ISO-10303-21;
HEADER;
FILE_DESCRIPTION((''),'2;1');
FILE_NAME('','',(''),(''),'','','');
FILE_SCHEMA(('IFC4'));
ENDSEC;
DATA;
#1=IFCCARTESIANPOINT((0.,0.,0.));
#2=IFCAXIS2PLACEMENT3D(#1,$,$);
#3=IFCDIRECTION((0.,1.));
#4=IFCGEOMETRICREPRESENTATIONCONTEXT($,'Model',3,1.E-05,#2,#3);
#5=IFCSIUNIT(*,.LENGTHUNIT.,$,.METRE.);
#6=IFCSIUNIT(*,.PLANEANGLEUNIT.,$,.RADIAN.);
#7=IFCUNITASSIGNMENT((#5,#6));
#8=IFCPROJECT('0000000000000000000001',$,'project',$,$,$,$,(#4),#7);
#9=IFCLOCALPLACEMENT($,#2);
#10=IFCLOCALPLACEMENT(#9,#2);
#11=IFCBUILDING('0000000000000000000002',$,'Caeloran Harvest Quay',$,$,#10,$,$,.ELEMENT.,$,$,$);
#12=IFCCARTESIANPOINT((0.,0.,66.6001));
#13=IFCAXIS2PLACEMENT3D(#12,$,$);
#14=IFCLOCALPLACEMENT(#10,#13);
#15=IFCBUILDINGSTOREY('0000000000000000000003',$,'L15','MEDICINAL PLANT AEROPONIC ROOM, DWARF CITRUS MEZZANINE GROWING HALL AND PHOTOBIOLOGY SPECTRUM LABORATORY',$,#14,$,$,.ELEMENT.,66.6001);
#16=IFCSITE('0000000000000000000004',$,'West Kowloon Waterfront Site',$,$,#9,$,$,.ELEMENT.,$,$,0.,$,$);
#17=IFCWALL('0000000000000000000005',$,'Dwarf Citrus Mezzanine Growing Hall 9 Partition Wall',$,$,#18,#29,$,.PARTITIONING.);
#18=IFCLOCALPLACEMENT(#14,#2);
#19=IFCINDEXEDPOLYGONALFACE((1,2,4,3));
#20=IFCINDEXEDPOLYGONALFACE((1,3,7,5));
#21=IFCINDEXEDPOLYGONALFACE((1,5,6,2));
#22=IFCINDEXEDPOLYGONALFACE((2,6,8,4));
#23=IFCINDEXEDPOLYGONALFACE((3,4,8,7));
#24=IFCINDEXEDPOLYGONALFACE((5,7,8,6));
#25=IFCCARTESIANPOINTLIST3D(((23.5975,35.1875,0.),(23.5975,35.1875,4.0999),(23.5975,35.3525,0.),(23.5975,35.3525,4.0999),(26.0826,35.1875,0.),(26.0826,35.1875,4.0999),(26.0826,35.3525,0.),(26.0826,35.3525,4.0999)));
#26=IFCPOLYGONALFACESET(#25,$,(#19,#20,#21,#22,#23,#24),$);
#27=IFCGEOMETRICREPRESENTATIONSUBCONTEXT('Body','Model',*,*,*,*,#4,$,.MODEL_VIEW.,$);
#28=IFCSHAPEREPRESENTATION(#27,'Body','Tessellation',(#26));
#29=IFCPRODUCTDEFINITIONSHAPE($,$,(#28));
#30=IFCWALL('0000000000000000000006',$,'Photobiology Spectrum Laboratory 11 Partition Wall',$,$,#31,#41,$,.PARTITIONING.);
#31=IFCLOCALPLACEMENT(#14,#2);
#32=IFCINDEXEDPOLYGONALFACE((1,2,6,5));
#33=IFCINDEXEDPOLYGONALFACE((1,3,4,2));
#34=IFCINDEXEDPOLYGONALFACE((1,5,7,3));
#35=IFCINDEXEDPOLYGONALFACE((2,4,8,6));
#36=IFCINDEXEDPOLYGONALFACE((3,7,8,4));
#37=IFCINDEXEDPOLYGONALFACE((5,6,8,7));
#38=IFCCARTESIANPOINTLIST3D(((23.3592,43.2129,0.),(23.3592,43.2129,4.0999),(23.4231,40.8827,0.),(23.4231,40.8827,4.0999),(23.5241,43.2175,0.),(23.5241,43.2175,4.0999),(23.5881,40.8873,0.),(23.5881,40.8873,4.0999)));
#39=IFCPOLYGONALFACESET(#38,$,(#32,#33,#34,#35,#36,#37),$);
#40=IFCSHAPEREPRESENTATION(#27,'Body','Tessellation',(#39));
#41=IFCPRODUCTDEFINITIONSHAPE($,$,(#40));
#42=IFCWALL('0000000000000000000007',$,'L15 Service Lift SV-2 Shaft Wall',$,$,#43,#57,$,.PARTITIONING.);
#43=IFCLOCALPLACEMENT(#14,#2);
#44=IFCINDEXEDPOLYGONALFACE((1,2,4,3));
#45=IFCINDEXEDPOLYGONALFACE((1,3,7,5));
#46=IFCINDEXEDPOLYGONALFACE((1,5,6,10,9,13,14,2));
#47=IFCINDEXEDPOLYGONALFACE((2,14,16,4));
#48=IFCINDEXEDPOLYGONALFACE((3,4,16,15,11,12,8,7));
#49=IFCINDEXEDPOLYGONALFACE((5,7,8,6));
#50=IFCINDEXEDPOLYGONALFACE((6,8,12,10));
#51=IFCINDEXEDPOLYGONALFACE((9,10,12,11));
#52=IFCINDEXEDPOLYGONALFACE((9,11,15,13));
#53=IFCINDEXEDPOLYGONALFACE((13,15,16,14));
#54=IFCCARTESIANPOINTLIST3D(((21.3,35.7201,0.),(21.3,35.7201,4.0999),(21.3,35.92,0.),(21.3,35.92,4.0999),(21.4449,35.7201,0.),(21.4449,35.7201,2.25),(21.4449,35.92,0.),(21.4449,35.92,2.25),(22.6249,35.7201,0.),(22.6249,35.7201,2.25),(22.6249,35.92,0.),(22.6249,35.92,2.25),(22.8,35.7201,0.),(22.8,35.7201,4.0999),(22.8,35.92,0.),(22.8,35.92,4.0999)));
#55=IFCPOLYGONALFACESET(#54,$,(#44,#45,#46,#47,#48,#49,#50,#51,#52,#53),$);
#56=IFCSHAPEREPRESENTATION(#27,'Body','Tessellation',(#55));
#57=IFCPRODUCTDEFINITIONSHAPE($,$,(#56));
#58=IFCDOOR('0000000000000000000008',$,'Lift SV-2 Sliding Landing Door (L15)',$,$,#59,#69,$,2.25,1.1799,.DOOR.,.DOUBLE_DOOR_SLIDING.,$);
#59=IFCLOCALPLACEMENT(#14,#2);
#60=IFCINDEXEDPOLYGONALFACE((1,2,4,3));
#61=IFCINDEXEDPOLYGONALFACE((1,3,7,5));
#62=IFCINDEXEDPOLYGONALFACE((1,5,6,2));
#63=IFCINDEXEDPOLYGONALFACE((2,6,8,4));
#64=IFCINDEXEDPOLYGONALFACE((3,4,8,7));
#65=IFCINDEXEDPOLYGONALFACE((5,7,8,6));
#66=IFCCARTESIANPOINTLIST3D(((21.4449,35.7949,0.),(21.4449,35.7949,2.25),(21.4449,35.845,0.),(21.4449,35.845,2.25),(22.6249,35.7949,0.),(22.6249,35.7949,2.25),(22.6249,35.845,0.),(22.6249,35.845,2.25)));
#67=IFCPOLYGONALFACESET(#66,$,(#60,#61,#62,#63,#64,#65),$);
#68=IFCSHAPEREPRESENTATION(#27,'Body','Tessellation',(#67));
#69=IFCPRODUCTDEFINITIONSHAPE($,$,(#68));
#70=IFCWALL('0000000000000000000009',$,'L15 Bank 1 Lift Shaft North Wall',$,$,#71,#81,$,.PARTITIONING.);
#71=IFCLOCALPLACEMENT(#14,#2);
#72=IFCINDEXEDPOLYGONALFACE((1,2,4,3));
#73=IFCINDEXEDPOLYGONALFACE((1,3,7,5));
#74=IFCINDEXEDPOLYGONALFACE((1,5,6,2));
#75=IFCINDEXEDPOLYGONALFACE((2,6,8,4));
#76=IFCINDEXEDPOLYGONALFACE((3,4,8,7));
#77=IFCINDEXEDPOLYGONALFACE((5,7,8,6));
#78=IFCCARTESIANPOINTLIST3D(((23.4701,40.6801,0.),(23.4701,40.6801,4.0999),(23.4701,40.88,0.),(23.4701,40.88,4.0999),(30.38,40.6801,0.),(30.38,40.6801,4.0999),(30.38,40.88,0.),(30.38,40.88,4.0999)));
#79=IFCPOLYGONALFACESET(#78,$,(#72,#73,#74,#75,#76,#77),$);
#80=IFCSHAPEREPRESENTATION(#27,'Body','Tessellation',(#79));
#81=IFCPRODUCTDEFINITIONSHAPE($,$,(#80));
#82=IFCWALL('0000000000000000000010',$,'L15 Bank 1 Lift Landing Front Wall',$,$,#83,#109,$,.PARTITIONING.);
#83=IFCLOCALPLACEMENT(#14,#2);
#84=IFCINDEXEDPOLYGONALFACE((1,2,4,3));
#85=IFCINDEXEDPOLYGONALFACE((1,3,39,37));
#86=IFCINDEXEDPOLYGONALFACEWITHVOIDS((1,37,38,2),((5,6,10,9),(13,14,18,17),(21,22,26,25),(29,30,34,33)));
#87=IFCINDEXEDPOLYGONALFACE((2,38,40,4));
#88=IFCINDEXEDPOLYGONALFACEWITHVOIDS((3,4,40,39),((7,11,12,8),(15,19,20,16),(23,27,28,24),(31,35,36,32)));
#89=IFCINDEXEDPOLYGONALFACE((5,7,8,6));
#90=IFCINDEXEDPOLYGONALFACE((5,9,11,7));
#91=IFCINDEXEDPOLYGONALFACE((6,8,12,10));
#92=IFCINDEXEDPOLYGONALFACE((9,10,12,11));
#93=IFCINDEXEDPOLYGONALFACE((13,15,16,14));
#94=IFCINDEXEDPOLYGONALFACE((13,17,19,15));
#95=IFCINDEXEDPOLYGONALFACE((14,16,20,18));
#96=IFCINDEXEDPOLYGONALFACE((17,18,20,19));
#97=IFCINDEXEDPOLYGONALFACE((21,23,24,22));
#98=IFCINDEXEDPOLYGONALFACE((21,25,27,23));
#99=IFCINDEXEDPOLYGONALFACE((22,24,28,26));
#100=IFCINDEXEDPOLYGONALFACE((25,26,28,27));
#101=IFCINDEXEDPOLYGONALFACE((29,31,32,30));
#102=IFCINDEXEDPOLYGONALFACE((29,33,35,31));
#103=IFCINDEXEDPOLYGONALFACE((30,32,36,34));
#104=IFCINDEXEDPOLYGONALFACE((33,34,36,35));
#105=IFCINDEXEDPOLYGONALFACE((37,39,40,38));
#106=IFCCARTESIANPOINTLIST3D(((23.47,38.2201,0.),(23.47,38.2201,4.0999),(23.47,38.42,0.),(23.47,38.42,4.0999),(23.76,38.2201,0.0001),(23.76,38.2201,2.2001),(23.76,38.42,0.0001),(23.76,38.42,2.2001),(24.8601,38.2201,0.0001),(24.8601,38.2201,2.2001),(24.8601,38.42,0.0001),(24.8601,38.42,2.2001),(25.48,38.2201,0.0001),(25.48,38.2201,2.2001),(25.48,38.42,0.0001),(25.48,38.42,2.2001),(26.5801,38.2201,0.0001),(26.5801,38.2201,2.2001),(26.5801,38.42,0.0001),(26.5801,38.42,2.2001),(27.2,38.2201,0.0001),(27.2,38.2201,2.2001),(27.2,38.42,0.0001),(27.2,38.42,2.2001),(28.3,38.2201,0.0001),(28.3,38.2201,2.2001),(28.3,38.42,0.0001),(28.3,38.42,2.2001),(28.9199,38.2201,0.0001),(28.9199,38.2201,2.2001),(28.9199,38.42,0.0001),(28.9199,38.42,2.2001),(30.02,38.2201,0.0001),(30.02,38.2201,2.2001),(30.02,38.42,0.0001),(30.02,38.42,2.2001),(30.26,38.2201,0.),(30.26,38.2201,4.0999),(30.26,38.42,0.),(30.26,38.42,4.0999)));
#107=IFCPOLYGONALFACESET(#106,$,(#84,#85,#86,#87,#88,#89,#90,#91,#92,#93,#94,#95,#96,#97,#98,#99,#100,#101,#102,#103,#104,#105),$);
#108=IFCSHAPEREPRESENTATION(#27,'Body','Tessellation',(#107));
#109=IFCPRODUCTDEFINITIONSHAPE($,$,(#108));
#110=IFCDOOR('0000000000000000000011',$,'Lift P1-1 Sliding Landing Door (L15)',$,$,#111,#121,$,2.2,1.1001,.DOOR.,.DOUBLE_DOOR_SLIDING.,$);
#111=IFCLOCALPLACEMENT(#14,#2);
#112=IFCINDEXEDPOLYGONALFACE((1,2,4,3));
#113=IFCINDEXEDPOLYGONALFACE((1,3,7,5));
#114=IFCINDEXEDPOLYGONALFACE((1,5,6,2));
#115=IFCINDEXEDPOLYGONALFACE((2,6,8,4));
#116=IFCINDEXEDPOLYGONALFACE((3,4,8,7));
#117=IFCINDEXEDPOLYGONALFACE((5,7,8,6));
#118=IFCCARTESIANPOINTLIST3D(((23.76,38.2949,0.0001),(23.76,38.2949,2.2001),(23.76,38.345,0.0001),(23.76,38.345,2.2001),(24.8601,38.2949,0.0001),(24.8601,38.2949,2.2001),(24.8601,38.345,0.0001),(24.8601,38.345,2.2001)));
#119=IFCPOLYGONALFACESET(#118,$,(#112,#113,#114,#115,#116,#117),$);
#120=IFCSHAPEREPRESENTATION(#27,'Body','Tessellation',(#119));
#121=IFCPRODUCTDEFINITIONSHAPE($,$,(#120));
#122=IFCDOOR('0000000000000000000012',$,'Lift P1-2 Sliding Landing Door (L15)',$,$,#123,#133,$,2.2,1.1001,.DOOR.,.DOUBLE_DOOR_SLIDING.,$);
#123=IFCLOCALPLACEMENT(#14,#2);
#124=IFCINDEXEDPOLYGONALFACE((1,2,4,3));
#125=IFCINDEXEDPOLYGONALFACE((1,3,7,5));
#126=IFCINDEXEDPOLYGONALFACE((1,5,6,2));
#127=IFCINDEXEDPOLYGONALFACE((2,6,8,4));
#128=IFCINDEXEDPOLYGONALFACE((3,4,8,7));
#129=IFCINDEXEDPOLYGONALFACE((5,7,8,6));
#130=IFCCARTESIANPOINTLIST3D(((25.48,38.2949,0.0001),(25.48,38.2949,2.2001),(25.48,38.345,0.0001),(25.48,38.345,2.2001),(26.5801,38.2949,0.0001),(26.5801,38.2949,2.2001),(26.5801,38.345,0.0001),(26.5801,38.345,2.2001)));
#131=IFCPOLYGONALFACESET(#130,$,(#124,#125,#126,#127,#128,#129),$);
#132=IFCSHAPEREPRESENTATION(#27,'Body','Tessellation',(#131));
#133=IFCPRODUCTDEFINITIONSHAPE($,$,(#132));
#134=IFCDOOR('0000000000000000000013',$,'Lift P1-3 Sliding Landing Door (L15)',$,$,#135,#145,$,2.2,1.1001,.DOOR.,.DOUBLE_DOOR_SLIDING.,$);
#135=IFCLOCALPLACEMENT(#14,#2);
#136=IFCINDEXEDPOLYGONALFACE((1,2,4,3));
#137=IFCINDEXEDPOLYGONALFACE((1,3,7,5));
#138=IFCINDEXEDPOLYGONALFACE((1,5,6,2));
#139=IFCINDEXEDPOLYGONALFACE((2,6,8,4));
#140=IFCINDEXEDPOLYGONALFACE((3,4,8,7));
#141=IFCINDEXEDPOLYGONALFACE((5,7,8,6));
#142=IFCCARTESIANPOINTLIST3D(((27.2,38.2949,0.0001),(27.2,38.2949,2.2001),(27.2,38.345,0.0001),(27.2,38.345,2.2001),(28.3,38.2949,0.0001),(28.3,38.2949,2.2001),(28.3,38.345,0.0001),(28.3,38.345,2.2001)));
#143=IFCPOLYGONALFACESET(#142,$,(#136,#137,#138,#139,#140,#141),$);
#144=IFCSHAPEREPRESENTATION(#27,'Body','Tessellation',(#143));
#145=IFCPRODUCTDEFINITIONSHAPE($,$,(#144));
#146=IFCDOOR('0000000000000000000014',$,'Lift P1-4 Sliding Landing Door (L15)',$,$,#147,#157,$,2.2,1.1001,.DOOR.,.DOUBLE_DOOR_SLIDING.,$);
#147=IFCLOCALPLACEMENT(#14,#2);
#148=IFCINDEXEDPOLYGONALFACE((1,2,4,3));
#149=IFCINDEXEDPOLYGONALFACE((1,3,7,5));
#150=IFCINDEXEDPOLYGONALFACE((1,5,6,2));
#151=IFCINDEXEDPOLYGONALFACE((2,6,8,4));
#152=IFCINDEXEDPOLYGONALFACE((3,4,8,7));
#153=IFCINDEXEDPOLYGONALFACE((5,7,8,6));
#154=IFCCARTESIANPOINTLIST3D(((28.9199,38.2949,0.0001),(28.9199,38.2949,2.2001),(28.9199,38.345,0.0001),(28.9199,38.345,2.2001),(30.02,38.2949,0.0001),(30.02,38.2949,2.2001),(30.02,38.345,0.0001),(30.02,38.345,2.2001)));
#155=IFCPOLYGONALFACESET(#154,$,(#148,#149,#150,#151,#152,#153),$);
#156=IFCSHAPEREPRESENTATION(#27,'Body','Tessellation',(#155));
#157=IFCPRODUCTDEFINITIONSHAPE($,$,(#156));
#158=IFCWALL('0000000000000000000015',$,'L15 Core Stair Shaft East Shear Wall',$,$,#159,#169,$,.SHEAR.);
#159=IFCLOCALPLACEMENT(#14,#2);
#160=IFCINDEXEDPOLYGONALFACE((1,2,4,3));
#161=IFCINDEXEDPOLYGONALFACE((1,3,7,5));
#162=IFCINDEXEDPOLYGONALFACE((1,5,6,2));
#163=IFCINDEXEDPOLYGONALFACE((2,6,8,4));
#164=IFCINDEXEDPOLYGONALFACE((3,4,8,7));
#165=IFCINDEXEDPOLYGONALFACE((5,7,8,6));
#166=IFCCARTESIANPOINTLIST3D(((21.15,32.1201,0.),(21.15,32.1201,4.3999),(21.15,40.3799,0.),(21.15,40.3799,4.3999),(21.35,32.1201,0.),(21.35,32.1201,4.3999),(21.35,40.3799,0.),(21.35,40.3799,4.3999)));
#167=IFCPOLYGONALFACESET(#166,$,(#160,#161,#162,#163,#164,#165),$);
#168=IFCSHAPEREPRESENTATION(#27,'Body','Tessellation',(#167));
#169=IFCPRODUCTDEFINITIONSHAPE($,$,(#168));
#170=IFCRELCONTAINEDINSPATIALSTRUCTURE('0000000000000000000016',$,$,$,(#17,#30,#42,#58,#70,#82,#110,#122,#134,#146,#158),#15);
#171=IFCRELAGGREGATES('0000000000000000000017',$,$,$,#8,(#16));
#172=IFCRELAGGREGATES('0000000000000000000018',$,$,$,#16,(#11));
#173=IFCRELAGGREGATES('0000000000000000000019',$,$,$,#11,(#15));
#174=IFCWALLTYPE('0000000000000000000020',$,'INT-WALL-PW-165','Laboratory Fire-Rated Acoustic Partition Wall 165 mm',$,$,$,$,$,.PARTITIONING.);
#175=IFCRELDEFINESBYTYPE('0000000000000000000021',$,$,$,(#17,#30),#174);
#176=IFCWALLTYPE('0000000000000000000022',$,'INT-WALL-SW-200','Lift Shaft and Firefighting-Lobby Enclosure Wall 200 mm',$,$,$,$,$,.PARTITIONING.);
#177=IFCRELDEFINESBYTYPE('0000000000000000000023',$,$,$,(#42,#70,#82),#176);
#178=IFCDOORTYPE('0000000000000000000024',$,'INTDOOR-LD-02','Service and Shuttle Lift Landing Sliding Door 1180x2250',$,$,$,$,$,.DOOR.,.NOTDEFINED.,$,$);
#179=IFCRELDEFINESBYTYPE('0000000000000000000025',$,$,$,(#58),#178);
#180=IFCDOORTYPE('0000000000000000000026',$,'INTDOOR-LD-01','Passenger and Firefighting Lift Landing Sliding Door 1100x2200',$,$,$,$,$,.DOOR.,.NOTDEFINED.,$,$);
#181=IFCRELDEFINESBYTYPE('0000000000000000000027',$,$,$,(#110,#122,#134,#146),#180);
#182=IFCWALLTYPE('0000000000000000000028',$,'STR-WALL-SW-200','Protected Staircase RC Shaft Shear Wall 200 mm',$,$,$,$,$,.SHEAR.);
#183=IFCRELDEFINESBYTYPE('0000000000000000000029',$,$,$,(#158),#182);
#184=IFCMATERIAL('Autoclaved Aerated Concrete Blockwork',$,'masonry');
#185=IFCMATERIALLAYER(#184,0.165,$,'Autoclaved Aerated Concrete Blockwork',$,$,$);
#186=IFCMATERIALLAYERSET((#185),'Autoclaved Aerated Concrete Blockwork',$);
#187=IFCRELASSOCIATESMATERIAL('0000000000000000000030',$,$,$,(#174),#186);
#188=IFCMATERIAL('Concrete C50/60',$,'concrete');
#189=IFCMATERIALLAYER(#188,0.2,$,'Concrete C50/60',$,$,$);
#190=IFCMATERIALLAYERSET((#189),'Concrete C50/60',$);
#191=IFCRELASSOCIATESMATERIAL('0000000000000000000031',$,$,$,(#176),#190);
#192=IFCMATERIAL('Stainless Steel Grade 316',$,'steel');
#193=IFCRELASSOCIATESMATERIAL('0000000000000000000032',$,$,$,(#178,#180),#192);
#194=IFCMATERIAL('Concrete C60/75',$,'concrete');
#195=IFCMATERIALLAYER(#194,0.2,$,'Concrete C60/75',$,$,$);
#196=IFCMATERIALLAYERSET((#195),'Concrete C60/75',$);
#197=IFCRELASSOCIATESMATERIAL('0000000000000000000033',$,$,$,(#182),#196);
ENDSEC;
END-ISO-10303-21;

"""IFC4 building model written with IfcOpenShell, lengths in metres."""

from ifc_helpers import new_model, si_unit, direction, frame, frame_2d, origin, place, context, subcontext, project, spatial, rectangle, extrude, material, layer, layer_set, type_object, element, fill, save


model = new_model("IFC4")

# Units and contexts
model_context = context("Model", 3, precision=1e-05, world=origin(), true_north=direction((0.0, 1.0)))
body_context = subcontext(model_context, "Body", "Model", "MODEL_VIEW")
ifc_project = project(units=[si_unit("LENGTHUNIT", "METRE"), si_unit("PLANEANGLEUNIT", "RADIAN")], contexts=[model_context])

# Site, building, storey
site_placement = place(None, origin())
site = spatial("IfcSite", under=ifc_project, at=site_placement, Name="West Kowloon Waterfront Site", CompositionType="ELEMENT", RefElevation=0.0)
building_placement = place(site_placement, origin())
building = spatial("IfcBuilding", under=site, at=building_placement, Name="Caeloran Harvest Quay", CompositionType="ELEMENT")
storey_placement = place(building_placement, frame((0.0, 0.0, 66.6001)))
storey = spatial("IfcBuildingStorey", under=building, at=storey_placement, Name="L15", Description="MEDICINAL PLANT AEROPONIC ROOM, DWARF CITRUS MEZZANINE GROWING HALL AND PHOTOBIOLOGY SPECTRUM LABORATORY", CompositionType="ELEMENT", Elevation=66.6001)

# Walls
ifc_material_1 = material(Name="Autoclaved Aerated Concrete Blockwork", Category="masonry")
ifc_layer_1 = layer(ifc_material_1, 0.165, Name="Autoclaved Aerated Concrete Blockwork")
ifc_layer_set_1 = layer_set([ifc_layer_1], Name="Autoclaved Aerated Concrete Blockwork")
wall_type_1 = type_object("IfcWallType", Name="INT-WALL-PW-165", Description="Laboratory Fire-Rated Acoustic Partition Wall 165 mm", PredefinedType="PARTITIONING", material=ifc_layer_set_1)
wall_1_placement = place(storey_placement, frame((23.5974, 35.27, 0.0), z_axis=(0.0, 0.0, 1.0), x_axis=(1.0, 0.0, 0.0)))
element("IfcWall", 1, at=wall_1_placement, inside=storey, type_object=wall_type_1, Name="Dwarf Citrus Mezzanine Growing Hall 9 Partition Wall", PredefinedType="PARTITIONING", context=body_context, shape_type="SweptSolid", body=[
    extrude(rectangle(XDim=2.4851, YDim=0.165, at=frame_2d((1.2427, 0.0))), origin(), (0.0, 0.0, 1.0), 4.0999),
])
wall_2_placement = place(storey_placement, frame((23.5056, 40.885, 0.0), z_axis=(0.0, 0.0, 1.0), x_axis=(-0.027441, 0.999623, 0.0)))
element("IfcWall", 2, at=wall_2_placement, inside=storey, type_object=wall_type_1, Name="Photobiology Spectrum Laboratory 11 Partition Wall", PredefinedType="PARTITIONING", context=body_context, shape_type="SweptSolid", body=[
    extrude(rectangle(XDim=2.3311, YDim=0.165, at=frame_2d((1.1655, 0.0))), origin(), (0.0, 0.0, 1.0), 4.0999),
])

# Wall, opening, door
ifc_material_2 = material(Name="Concrete C50/60", Category="concrete")
ifc_layer_2 = layer(ifc_material_2, 0.2, Name="Concrete C50/60")
ifc_layer_set_2 = layer_set([ifc_layer_2], Name="Concrete C50/60")
wall_type_2 = type_object("IfcWallType", Name="INT-WALL-SW-200", Description="Lift Shaft and Firefighting-Lobby Enclosure Wall 200 mm", PredefinedType="PARTITIONING", material=ifc_layer_set_2)
wall_3_placement = place(storey_placement, frame((21.3, 35.8201, 0.0), z_axis=(0.0, 0.0, 1.0), x_axis=(1.0, 0.0, 0.0)))
wall_3 = element("IfcWall", 3, at=wall_3_placement, inside=storey, type_object=wall_type_2, Name="L15 Service Lift SV-2 Shaft Wall", PredefinedType="PARTITIONING", context=body_context, shape_type="SweptSolid", body=[
    extrude(rectangle(XDim=1.5, YDim=0.2, at=frame_2d((0.75, 0.0))), origin(), (0.0, 0.0, 1.0), 4.0999),
])
opening_1_placement = place(wall_3_placement, frame((0.145, 0.0, 0.0)))
opening_1 = element("IfcOpeningElement", 4, at=opening_1_placement, cuts=wall_3, PredefinedType="OPENING", context=body_context, shape_type="SweptSolid", body=[
    extrude(rectangle(XDim=1.1799, YDim=2.25, at=frame_2d((0.5898, 1.125))), frame((0.0, 0.1099, 0.0), z_axis=(0.0, -1.0, 0.0), x_axis=(1.0, 0.0, 0.0)), (0.0, 0.0, 1.0), 0.22),
])
ifc_material_3 = material(Name="Stainless Steel Grade 316", Category="steel")
door_type_1 = type_object("IfcDoorType", Name="INTDOOR-LD-02", Description="Service and Shuttle Lift Landing Sliding Door 1180x2250", OperationType="NOTDEFINED", PredefinedType="DOOR", material=ifc_material_3)
door_1_placement = place(opening_1_placement, origin())
door_1 = element("IfcDoor", 5, at=door_1_placement, inside=storey, type_object=door_type_1, Name="Lift SV-2 Sliding Landing Door (L15)", OperationType="DOUBLE_DOOR_SLIDING", OverallHeight=2.25, OverallWidth=1.1799, PredefinedType="DOOR", context=body_context, shape_type="SweptSolid", body=[
    extrude(rectangle(XDim=1.1799, YDim=2.25, at=frame_2d((0.5898, 1.125))), frame((0.0, 0.0249, 0.0), z_axis=(0.0, -1.0, 0.0), x_axis=(1.0, 0.0, 0.0)), (0.0, 0.0, 1.0), 0.05),
])
fill(opening_1, door_1)

# Wall
wall_4_placement = place(storey_placement, frame((23.47, 40.78, 0.0), z_axis=(0.0, 0.0, 1.0), x_axis=(1.0, 0.0, 0.0)))
element("IfcWall", 6, at=wall_4_placement, inside=storey, type_object=wall_type_2, Name="L15 Bank 1 Lift Shaft North Wall", PredefinedType="PARTITIONING", context=body_context, shape_type="SweptSolid", body=[
    extrude(rectangle(XDim=6.9099, YDim=0.2, at=frame_2d((3.4551, 0.0))), origin(), (0.0, 0.0, 1.0), 4.0999),
])

# Wall, openings, doors
wall_5_placement = place(storey_placement, frame((23.47, 38.3201, 0.0), z_axis=(0.0, 0.0, 1.0), x_axis=(1.0, 0.0, 0.0)))
wall_5 = element("IfcWall", 7, at=wall_5_placement, inside=storey, type_object=wall_type_2, Name="L15 Bank 1 Lift Landing Front Wall", PredefinedType="PARTITIONING", context=body_context, shape_type="SweptSolid", body=[
    extrude(rectangle(XDim=6.79, YDim=0.2, at=frame_2d((3.395, 0.0))), origin(), (0.0, 0.0, 1.0), 4.0999),
])
opening_2_placement = place(wall_5_placement, frame((0.29, 0.0, 0.0)))
opening_2 = element("IfcOpeningElement", 8, at=opening_2_placement, cuts=wall_5, PredefinedType="OPENING", context=body_context, shape_type="SweptSolid", body=[
    extrude(rectangle(XDim=1.1001, YDim=2.2, at=frame_2d((0.55, 1.1001))), frame((0.0, 0.1099, 0.0), z_axis=(0.0, -1.0, 0.0), x_axis=(1.0, 0.0, 0.0)), (0.0, 0.0, 1.0), 0.22),
])
opening_3_placement = place(wall_5_placement, frame((2.01, 0.0, 0.0)))
opening_3 = element("IfcOpeningElement", 9, at=opening_3_placement, cuts=wall_5, PredefinedType="OPENING", context=body_context, shape_type="SweptSolid", body=[
    extrude(rectangle(XDim=1.1001, YDim=2.2, at=frame_2d((0.55, 1.1001))), frame((0.0, 0.1099, 0.0), z_axis=(0.0, -1.0, 0.0), x_axis=(1.0, 0.0, 0.0)), (0.0, 0.0, 1.0), 0.22),
])
opening_4_placement = place(wall_5_placement, frame((3.73, 0.0, 0.0)))
opening_4 = element("IfcOpeningElement", 10, at=opening_4_placement, cuts=wall_5, PredefinedType="OPENING", context=body_context, shape_type="SweptSolid", body=[
    extrude(rectangle(XDim=1.1001, YDim=2.2, at=frame_2d((0.55, 1.1001))), frame((0.0, 0.1099, 0.0), z_axis=(0.0, -1.0, 0.0), x_axis=(1.0, 0.0, 0.0)), (0.0, 0.0, 1.0), 0.22),
])
opening_5_placement = place(wall_5_placement, frame((5.45, 0.0, 0.0)))
opening_5 = element("IfcOpeningElement", 11, at=opening_5_placement, cuts=wall_5, PredefinedType="OPENING", context=body_context, shape_type="SweptSolid", body=[
    extrude(rectangle(XDim=1.1001, YDim=2.2, at=frame_2d((0.55, 1.1001))), frame((0.0, 0.1099, 0.0), z_axis=(0.0, -1.0, 0.0), x_axis=(1.0, 0.0, 0.0)), (0.0, 0.0, 1.0), 0.22),
])
door_type_2 = type_object("IfcDoorType", Name="INTDOOR-LD-01", Description="Passenger and Firefighting Lift Landing Sliding Door 1100x2200", OperationType="NOTDEFINED", PredefinedType="DOOR", material=ifc_material_3)
door_2_placement = place(opening_2_placement, origin())
door_2 = element("IfcDoor", 12, at=door_2_placement, inside=storey, type_object=door_type_2, Name="Lift P1-1 Sliding Landing Door (L15)", OperationType="DOUBLE_DOOR_SLIDING", OverallHeight=2.2, OverallWidth=1.1001, PredefinedType="DOOR", context=body_context, shape_type="SweptSolid", body=[
    extrude(rectangle(XDim=1.1001, YDim=2.2, at=frame_2d((0.55, 1.1001))), frame((0.0, 0.0249, 0.0), z_axis=(0.0, -1.0, 0.0), x_axis=(1.0, 0.0, 0.0)), (0.0, 0.0, 1.0), 0.05),
])
fill(opening_2, door_2)
door_3_placement = place(opening_3_placement, origin())
door_3 = element("IfcDoor", 13, at=door_3_placement, inside=storey, type_object=door_type_2, Name="Lift P1-2 Sliding Landing Door (L15)", OperationType="DOUBLE_DOOR_SLIDING", OverallHeight=2.2, OverallWidth=1.1001, PredefinedType="DOOR", context=body_context, shape_type="SweptSolid", body=[
    extrude(rectangle(XDim=1.1001, YDim=2.2, at=frame_2d((0.55, 1.1001))), frame((0.0, 0.0249, 0.0), z_axis=(0.0, -1.0, 0.0), x_axis=(1.0, 0.0, 0.0)), (0.0, 0.0, 1.0), 0.05),
])
fill(opening_3, door_3)
door_4_placement = place(opening_4_placement, origin())
door_4 = element("IfcDoor", 14, at=door_4_placement, inside=storey, type_object=door_type_2, Name="Lift P1-3 Sliding Landing Door (L15)", OperationType="DOUBLE_DOOR_SLIDING", OverallHeight=2.2, OverallWidth=1.1001, PredefinedType="DOOR", context=body_context, shape_type="SweptSolid", body=[
    extrude(rectangle(XDim=1.1001, YDim=2.2, at=frame_2d((0.55, 1.1001))), frame((0.0, 0.0249, 0.0), z_axis=(0.0, -1.0, 0.0), x_axis=(1.0, 0.0, 0.0)), (0.0, 0.0, 1.0), 0.05),
])
fill(opening_4, door_4)
door_5_placement = place(opening_5_placement, origin())
door_5 = element("IfcDoor", 15, at=door_5_placement, inside=storey, type_object=door_type_2, Name="Lift P1-4 Sliding Landing Door (L15)", OperationType="DOUBLE_DOOR_SLIDING", OverallHeight=2.2, OverallWidth=1.1001, PredefinedType="DOOR", context=body_context, shape_type="SweptSolid", body=[
    extrude(rectangle(XDim=1.1001, YDim=2.2, at=frame_2d((0.55, 1.1001))), frame((0.0, 0.0249, 0.0), z_axis=(0.0, -1.0, 0.0), x_axis=(1.0, 0.0, 0.0)), (0.0, 0.0, 1.0), 0.05),
])
fill(opening_5, door_5)

# Wall
ifc_material_4 = material(Name="Concrete C60/75", Category="concrete")
ifc_layer_3 = layer(ifc_material_4, 0.2, Name="Concrete C60/75")
ifc_layer_set_3 = layer_set([ifc_layer_3], Name="Concrete C60/75")
wall_type_3 = type_object("IfcWallType", Name="STR-WALL-SW-200", Description="Protected Staircase RC Shaft Shear Wall 200 mm", PredefinedType="SHEAR", material=ifc_layer_set_3)
wall_6_placement = place(storey_placement, frame((21.25, 32.1201, 0.0), z_axis=(0.0, 0.0, 1.0), x_axis=(0.0, 1.0, 0.0)))
element("IfcWall", 16, at=wall_6_placement, inside=storey, type_object=wall_type_3, Name="L15 Core Stair Shaft East Shear Wall", PredefinedType="SHEAR", context=body_context, shape_type="SweptSolid", body=[
    extrude(rectangle(XDim=8.2598, YDim=0.2, at=frame_2d((4.1299, 0.0))), origin(), (0.0, 0.0, 1.0), 4.3999),
])

save(model, "model.ifc")
